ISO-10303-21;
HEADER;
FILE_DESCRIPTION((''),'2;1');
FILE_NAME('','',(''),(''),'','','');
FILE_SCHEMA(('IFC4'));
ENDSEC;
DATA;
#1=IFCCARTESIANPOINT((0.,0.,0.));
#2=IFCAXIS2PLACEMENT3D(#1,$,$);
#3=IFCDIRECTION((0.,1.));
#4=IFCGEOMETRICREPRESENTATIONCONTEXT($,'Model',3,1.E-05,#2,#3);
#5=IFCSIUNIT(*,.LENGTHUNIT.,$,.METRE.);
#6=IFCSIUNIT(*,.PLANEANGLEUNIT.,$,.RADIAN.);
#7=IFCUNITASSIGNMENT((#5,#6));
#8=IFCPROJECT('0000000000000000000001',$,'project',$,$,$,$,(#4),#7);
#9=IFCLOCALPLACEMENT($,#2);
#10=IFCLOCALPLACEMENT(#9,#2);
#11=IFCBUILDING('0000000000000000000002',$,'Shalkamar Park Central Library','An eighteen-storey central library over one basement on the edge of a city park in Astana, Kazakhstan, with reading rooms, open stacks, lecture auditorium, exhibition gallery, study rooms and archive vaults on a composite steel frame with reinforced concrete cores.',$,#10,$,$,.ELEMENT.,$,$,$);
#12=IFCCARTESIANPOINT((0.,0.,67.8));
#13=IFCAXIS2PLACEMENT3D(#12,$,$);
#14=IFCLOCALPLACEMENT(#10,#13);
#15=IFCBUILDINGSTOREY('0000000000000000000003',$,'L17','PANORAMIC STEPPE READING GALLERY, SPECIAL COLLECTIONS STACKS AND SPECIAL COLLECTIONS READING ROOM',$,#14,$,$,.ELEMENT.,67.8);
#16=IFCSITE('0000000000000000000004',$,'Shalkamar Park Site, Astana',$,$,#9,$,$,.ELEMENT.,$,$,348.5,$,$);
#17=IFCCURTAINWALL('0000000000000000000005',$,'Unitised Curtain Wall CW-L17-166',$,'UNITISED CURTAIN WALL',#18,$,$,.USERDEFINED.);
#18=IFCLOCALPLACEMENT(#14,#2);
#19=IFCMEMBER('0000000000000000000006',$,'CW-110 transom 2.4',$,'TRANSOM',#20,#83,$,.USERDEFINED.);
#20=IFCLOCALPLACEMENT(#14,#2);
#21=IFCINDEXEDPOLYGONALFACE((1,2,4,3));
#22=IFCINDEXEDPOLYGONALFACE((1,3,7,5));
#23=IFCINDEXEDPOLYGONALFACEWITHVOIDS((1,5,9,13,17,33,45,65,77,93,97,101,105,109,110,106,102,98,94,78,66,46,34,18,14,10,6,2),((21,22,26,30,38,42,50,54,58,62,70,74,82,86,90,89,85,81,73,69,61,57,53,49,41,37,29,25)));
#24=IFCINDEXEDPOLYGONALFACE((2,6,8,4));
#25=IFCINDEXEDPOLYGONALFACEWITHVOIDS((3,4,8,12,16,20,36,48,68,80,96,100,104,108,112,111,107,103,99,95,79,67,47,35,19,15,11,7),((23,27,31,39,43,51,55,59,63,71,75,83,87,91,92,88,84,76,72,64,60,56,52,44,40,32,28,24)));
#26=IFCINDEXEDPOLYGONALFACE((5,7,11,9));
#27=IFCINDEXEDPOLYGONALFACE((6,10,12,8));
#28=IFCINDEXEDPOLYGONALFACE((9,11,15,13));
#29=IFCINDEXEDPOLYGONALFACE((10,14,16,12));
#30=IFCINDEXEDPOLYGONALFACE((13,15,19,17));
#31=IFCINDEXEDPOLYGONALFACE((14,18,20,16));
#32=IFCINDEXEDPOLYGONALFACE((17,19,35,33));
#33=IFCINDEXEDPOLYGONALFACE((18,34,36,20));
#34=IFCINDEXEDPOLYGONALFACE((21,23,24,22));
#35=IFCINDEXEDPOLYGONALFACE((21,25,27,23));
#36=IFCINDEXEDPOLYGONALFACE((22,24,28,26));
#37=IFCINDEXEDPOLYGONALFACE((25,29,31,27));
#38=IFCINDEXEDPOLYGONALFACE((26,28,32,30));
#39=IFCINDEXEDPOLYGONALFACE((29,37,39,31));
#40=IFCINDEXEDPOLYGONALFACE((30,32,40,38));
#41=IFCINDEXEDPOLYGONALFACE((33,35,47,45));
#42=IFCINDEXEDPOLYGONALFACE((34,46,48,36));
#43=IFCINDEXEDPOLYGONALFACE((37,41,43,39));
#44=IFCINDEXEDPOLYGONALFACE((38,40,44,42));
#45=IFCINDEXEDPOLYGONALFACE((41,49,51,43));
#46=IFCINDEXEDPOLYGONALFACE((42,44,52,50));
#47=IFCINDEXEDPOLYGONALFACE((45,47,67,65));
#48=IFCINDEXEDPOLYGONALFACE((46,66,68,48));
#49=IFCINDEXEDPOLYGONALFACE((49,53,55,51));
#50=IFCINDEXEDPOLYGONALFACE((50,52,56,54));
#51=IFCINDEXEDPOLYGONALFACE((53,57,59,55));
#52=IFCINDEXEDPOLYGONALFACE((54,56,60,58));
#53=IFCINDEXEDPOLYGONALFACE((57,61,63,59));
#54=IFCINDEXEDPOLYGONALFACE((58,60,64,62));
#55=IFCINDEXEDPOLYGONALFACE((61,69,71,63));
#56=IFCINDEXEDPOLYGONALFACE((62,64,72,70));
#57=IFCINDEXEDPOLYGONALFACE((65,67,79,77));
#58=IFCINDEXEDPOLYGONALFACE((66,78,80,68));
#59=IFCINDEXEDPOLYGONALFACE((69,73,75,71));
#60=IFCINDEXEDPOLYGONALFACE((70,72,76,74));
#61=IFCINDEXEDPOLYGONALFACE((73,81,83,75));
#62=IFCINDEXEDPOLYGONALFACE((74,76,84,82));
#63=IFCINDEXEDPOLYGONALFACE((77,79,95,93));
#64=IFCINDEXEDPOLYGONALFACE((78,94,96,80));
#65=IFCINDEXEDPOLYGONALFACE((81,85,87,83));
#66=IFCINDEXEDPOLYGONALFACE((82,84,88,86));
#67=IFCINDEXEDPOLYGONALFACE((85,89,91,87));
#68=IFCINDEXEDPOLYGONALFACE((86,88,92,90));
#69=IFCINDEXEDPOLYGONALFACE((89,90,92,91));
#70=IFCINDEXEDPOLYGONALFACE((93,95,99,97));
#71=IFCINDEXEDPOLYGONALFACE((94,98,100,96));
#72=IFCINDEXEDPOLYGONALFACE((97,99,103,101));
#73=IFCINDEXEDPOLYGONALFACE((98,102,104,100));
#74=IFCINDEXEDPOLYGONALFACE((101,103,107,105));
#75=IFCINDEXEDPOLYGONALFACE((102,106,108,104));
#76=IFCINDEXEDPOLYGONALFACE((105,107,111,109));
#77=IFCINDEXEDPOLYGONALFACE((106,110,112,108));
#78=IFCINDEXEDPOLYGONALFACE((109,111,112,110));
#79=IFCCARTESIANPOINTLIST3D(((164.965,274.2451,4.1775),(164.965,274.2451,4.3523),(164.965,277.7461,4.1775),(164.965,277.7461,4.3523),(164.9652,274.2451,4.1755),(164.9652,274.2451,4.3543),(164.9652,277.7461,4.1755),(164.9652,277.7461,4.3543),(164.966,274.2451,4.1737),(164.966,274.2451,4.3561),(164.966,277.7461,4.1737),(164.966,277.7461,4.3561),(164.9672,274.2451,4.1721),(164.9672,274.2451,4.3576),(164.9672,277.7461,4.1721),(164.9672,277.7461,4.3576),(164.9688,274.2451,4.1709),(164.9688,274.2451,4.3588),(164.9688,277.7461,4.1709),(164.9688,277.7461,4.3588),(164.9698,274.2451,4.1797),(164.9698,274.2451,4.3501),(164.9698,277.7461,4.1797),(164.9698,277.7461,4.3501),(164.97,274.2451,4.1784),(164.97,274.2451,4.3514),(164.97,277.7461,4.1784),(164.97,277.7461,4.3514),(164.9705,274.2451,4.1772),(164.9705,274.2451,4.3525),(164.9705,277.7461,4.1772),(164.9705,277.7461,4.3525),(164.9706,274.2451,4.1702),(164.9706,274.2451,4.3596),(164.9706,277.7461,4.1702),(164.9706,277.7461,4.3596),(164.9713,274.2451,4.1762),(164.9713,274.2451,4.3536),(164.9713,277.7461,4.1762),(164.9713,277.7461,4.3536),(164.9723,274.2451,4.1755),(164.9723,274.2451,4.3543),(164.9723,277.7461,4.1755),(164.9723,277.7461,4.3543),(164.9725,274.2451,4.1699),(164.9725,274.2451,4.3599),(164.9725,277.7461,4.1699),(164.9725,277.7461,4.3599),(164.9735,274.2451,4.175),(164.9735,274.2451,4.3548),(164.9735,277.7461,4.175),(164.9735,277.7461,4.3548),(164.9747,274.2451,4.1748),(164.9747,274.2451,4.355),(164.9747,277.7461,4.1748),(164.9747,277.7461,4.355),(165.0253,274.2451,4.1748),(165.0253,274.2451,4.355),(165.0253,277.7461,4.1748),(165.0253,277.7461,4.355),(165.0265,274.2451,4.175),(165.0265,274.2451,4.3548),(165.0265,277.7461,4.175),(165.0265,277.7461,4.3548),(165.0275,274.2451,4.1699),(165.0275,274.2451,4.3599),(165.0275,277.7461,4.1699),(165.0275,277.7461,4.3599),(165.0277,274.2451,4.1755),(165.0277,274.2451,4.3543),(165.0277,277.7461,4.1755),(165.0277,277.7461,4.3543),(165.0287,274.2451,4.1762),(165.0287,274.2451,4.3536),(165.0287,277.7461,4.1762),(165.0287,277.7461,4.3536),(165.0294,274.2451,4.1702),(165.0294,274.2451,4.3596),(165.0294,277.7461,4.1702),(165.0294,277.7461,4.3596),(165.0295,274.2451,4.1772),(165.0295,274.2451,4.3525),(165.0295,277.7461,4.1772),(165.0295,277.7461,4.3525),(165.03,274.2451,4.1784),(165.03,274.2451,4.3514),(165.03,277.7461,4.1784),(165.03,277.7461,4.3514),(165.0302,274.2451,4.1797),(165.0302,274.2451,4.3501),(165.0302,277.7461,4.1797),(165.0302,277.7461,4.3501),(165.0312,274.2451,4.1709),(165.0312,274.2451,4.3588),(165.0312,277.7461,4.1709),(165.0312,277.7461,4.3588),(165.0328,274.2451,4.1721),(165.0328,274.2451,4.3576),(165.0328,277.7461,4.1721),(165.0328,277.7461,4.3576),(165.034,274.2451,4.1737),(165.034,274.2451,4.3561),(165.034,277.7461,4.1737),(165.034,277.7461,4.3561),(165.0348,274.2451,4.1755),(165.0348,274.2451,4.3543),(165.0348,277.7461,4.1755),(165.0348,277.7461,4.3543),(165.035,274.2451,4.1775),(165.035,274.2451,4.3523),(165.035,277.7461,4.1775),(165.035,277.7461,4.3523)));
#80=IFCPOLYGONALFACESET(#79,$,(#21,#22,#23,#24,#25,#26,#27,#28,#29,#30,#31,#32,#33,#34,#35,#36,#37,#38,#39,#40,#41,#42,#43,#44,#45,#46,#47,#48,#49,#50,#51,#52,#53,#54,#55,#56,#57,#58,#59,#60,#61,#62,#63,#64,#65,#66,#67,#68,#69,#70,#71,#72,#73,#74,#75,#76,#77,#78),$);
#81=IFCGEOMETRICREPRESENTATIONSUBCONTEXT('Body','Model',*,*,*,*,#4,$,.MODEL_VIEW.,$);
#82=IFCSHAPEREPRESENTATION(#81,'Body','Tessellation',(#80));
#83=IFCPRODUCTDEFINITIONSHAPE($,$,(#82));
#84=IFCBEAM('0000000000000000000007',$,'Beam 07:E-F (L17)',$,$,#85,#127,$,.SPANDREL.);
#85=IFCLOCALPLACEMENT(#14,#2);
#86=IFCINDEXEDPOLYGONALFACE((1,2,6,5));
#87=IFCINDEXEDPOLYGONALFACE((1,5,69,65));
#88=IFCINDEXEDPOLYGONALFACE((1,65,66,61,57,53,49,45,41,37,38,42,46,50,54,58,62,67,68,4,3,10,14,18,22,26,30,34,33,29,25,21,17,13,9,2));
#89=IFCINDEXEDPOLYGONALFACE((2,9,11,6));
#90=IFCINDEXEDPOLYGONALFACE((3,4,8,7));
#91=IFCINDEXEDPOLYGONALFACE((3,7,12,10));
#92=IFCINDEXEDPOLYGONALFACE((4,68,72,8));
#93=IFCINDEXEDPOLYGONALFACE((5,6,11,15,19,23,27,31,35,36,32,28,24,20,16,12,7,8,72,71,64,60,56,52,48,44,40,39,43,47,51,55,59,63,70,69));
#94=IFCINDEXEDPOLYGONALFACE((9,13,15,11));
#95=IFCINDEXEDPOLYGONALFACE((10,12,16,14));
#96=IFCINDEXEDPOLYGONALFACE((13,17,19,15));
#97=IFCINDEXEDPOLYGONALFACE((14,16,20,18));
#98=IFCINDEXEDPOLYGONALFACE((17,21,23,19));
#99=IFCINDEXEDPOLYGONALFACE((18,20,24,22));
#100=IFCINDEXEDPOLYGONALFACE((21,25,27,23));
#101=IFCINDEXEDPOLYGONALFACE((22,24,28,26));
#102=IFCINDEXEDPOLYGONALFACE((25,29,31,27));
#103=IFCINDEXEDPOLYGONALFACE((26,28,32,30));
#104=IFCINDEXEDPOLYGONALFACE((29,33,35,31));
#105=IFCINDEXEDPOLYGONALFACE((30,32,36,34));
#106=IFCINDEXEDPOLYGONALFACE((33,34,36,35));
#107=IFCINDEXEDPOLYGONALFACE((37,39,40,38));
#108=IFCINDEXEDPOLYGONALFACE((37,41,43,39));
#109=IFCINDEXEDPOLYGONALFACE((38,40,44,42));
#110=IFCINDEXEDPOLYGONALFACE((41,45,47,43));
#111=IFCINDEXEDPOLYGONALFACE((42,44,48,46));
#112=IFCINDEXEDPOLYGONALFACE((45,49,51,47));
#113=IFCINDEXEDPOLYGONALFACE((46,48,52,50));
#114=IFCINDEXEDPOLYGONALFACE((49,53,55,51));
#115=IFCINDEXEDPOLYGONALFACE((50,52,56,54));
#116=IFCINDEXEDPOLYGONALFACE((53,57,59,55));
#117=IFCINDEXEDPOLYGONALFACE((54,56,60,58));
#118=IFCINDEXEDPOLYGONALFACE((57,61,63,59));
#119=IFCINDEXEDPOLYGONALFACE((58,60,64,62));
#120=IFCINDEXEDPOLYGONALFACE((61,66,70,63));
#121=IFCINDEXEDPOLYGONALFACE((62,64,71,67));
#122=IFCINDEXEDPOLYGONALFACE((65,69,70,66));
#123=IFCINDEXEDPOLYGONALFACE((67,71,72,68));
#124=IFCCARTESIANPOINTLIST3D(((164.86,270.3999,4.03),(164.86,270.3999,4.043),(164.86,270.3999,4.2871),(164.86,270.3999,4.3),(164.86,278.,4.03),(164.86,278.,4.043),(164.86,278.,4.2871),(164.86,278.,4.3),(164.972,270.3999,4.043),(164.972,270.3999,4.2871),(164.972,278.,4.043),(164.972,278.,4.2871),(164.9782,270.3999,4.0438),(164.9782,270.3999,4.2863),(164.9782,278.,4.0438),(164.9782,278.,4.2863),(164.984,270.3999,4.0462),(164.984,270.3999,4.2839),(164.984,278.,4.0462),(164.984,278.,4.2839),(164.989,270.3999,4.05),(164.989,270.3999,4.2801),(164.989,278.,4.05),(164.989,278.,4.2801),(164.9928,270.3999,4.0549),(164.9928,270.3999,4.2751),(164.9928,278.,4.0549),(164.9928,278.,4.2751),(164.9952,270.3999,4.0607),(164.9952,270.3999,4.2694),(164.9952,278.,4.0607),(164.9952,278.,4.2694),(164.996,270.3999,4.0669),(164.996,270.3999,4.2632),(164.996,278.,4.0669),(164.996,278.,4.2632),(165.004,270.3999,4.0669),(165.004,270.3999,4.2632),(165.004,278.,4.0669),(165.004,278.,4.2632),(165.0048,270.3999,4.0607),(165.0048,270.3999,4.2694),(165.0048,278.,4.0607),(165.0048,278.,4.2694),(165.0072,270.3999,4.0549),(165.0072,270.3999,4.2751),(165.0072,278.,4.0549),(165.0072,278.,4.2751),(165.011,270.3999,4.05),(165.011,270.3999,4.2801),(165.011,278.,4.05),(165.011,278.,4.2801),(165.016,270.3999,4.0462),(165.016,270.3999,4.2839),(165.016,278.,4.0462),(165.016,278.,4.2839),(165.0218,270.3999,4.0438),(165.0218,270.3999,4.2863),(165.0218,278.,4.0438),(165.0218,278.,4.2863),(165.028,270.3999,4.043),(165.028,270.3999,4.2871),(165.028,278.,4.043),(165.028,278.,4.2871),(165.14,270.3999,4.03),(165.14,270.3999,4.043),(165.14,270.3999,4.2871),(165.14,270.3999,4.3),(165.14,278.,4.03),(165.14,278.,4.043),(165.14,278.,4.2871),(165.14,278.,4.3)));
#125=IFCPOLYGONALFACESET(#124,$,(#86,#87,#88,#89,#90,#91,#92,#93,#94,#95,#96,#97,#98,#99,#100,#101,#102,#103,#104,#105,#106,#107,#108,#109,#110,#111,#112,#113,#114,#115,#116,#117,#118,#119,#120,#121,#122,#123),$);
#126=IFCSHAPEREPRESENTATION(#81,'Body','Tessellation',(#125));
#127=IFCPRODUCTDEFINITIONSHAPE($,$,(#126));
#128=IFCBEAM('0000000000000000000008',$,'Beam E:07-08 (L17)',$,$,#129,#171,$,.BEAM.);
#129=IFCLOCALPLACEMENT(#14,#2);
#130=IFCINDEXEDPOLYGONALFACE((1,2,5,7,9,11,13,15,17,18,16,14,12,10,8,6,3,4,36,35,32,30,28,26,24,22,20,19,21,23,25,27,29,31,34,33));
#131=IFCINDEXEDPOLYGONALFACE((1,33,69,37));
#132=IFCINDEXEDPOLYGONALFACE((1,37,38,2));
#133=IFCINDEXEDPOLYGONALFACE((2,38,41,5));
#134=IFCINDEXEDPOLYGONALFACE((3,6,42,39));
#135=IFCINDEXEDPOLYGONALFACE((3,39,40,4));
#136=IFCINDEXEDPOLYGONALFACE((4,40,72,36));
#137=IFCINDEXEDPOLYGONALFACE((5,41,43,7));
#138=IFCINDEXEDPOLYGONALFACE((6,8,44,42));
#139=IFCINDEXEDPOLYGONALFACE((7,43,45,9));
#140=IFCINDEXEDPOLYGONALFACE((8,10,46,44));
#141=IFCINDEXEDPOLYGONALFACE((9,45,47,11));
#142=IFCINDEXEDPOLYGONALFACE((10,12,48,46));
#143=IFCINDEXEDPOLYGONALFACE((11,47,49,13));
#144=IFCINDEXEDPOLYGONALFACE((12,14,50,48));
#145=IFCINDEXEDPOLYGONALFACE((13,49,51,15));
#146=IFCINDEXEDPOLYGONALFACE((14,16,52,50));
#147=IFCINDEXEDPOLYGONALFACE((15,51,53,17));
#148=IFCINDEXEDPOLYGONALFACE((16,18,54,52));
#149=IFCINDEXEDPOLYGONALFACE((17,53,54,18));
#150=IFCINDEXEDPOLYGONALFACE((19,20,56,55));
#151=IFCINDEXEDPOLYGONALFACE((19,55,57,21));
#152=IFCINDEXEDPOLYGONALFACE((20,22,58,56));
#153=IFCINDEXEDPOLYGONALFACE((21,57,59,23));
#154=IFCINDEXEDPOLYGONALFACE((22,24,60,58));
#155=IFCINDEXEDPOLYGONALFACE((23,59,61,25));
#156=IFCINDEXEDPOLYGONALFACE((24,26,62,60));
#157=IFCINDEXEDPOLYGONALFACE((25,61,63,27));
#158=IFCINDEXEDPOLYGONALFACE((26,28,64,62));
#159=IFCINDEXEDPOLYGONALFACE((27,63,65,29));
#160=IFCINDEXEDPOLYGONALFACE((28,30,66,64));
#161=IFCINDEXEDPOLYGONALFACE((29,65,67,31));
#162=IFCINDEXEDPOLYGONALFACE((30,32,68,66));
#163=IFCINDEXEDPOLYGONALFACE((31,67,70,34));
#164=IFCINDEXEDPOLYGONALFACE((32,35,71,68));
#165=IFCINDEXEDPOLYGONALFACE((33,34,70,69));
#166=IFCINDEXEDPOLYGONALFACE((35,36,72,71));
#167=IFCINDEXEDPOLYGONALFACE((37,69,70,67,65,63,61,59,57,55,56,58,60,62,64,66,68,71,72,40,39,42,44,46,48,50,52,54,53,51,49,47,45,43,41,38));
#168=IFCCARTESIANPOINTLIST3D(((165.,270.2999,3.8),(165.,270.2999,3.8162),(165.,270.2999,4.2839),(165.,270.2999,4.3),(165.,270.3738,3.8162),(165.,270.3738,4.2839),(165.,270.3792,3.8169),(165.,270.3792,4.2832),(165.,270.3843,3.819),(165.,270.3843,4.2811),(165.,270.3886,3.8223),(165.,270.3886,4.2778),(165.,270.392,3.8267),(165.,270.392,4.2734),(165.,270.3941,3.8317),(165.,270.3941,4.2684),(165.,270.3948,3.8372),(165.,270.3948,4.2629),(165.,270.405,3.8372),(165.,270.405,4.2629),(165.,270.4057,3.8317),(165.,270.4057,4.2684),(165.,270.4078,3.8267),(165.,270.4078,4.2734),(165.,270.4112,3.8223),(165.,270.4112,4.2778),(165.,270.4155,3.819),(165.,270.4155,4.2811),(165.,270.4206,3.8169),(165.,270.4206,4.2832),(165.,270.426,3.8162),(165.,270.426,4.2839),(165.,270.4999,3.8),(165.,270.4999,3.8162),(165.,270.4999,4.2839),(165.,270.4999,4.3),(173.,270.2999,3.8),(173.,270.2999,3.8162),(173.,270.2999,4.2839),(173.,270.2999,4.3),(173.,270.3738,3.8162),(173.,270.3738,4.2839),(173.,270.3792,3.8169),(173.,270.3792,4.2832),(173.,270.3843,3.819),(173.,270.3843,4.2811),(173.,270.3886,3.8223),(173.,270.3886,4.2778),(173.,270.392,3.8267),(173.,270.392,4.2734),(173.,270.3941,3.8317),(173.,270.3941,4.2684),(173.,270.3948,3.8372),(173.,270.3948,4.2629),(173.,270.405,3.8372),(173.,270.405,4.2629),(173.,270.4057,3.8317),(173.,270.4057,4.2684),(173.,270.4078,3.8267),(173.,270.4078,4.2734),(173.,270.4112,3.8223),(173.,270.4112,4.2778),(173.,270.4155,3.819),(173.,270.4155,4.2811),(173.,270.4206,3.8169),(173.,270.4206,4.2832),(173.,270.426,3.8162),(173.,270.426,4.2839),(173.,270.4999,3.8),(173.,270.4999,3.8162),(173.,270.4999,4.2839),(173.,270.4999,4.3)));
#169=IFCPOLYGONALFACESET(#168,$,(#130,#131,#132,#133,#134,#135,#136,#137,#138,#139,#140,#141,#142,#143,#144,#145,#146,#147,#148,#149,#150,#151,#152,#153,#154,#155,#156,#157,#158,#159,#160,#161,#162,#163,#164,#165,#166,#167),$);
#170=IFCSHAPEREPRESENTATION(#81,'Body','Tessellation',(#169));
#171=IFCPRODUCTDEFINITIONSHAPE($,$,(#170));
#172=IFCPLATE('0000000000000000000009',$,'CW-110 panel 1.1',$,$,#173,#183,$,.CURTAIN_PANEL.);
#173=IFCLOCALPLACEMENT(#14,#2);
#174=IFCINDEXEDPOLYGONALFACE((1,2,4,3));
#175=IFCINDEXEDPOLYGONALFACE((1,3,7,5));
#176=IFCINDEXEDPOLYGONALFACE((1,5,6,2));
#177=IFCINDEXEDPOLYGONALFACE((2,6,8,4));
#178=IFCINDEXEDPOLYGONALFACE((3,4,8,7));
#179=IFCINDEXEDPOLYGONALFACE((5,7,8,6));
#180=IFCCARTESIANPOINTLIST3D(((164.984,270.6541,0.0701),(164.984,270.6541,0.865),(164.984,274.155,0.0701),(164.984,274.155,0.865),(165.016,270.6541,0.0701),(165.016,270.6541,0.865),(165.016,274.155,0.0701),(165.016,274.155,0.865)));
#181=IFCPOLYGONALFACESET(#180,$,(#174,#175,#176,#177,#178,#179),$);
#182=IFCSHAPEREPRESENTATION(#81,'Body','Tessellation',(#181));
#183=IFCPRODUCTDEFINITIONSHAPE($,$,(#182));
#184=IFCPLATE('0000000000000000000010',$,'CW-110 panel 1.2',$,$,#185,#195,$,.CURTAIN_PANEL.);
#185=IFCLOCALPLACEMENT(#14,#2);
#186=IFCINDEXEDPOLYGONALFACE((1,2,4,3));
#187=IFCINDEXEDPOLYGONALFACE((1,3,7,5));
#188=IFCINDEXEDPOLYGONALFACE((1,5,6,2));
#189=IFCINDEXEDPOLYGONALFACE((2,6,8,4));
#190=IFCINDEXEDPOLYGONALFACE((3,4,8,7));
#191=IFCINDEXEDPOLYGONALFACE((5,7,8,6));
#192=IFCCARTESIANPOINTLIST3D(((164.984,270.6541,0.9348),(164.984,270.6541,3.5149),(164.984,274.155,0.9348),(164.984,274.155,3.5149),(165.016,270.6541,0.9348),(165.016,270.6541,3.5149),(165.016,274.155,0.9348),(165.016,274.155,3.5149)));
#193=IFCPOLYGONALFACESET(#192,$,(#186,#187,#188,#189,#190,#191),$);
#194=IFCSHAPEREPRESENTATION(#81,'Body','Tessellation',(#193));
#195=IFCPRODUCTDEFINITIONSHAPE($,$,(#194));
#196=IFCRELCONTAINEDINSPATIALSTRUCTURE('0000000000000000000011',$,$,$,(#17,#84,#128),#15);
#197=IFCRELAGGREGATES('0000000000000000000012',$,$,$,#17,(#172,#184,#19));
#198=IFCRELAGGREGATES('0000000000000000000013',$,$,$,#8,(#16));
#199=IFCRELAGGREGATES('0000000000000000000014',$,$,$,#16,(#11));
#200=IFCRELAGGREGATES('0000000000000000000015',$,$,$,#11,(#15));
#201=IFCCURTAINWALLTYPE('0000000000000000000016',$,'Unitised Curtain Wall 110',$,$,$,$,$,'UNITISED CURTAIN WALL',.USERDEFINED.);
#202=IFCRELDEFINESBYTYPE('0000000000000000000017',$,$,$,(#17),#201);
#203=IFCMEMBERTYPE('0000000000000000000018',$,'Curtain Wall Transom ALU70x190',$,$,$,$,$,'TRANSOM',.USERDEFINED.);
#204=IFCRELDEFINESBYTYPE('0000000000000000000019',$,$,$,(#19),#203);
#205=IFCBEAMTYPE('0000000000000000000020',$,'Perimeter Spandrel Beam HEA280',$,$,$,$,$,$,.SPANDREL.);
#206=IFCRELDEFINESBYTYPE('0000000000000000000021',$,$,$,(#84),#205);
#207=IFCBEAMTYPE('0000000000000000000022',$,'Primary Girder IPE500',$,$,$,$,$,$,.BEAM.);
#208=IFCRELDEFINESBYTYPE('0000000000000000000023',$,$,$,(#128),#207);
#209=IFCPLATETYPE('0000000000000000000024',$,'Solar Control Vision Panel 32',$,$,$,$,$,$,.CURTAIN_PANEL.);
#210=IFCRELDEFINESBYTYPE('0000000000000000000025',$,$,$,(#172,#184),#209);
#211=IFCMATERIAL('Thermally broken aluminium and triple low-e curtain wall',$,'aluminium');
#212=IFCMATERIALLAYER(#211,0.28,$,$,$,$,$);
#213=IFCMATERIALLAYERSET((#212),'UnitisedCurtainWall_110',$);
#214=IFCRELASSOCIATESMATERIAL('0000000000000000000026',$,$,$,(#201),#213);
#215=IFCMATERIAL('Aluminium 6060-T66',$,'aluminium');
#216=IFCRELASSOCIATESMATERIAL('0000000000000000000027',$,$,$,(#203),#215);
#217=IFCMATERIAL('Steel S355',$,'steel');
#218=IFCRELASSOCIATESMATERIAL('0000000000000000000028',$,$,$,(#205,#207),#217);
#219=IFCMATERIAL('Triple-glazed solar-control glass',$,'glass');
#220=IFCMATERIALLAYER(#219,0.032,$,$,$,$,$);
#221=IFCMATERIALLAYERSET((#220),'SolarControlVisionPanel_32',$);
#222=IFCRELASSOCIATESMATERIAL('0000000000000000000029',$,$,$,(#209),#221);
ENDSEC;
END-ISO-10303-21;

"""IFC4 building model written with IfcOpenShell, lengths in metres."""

from ifc_helpers import new_model, si_unit, direction, frame, origin, origin_2d, place, context, subcontext, project, spatial, rectangle, hollow_rectangle, i_section, extrude, material, layer, layer_set, material_profile, profile_set, type_object, element, aggregate, save


model = new_model("IFC4")

# Units and contexts
model_context = context("Model", 3, precision=1e-05, world=origin(), true_north=direction((0.0, 1.0)))
body_context = subcontext(model_context, "Body", "Model", "MODEL_VIEW")
ifc_project = project(units=[si_unit("LENGTHUNIT", "METRE"), si_unit("PLANEANGLEUNIT", "RADIAN")], contexts=[model_context])

# Site, building, storey
site_placement = place(None, origin())
site = spatial("IfcSite", under=ifc_project, at=site_placement, Name="Shalkamar Park Site, Astana", CompositionType="ELEMENT", RefElevation=348.5)
building_placement = place(site_placement, origin())
building = spatial("IfcBuilding", under=site, at=building_placement, Name="Shalkamar Park Central Library", Description="An eighteen-storey central library over one basement on the edge of a city park in Astana, Kazakhstan, with reading rooms, open stacks, lecture auditorium, exhibition gallery, study rooms and archive vaults on a composite steel frame with reinforced concrete cores.", CompositionType="ELEMENT")
storey_placement = place(building_placement, frame((0.0, 0.0, 67.8)))
storey = spatial("IfcBuildingStorey", under=building, at=storey_placement, Name="L17", Description="PANORAMIC STEPPE READING GALLERY, SPECIAL COLLECTIONS STACKS AND SPECIAL COLLECTIONS READING ROOM", CompositionType="ELEMENT", Elevation=67.8)

# Shared definitions
ifc_material_1 = material(Name="Steel S355", Category="steel")

# Curtain wall, member
ifc_material_2 = material(Name="Thermally broken aluminium and triple low-e curtain wall", Category="aluminium")
ifc_layer_1 = layer(ifc_material_2, 0.28)
ifc_layer_set_1 = layer_set([ifc_layer_1], Name="UnitisedCurtainWall_110")
curtain_wall_type = type_object("IfcCurtainWallType", Name="Unitised Curtain Wall 110", ElementType="UNITISED CURTAIN WALL", PredefinedType="USERDEFINED", material=ifc_layer_set_1)
curtain_wall_placement = place(storey_placement, origin())
curtain_wall = element("IfcCurtainWall", 1, at=curtain_wall_placement, inside=storey, type_object=curtain_wall_type, Name="Unitised Curtain Wall CW-L17-166", ObjectType="UNITISED CURTAIN WALL", PredefinedType="USERDEFINED")
ifc_material_3 = material(Name="Aluminium 6060-T66", Category="aluminium")
ifc_material_profile_1 = material_profile(ifc_material_3, hollow_rectangle(XDim=0.0701, YDim=0.1899, WallThickness=0.0049, InnerFilletRadius=0.0049, OuterFilletRadius=0.0076, at=origin_2d()), Name="ALU 70x190x5")
ifc_profile_set_1 = profile_set([ifc_material_profile_1], Name="Aluminium 6060-T66")
member_type_1 = type_object("IfcMemberType", Name="Curtain Wall Transom ALU70x190", ElementType="TRANSOM", PredefinedType="USERDEFINED", material=ifc_profile_set_1)
member_1_placement = place(storey_placement, frame((165.0, 274.2451, 4.2649), z_axis=(0.0, 1.0, 0.0), x_axis=(-1.0, 0.0, 0.0)))
member_1 = element("IfcMember", 2, at=member_1_placement, type_object=member_type_1, Name="CW-110 transom 2.4", ObjectType="TRANSOM", PredefinedType="USERDEFINED", context=body_context, shape_type="SweptSolid", body=[
    extrude(hollow_rectangle(XDim=0.0701, YDim=0.1899, WallThickness=0.0049, InnerFilletRadius=0.0049, OuterFilletRadius=0.0076, at=origin_2d()), origin(), (0.0, 0.0, 1.0), 3.501),
])

# Beams
ifc_material_profile_2 = material_profile(ifc_material_1, i_section(OverallWidth=0.28, OverallDepth=0.27, WebThickness=0.0081, FlangeThickness=0.0129, FilletRadius=0.0239, at=origin_2d()), Name="HEA 280")
ifc_profile_set_2 = profile_set([ifc_material_profile_2], Name="Steel S355")
beam_type_1 = type_object("IfcBeamType", Name="Perimeter Spandrel Beam HEA280", PredefinedType="SPANDREL", material=ifc_profile_set_2)
beam_1_placement = place(storey_placement, frame((165.0, 270.3999, 4.165), z_axis=(0.0, 1.0, 0.0), x_axis=(-1.0, 0.0, 0.0)))
element("IfcBeam", 3, at=beam_1_placement, inside=storey, type_object=beam_type_1, Name="Beam 07:E-F (L17)", PredefinedType="SPANDREL", context=body_context, shape_type="SweptSolid", body=[
    extrude(i_section(OverallWidth=0.28, OverallDepth=0.27, WebThickness=0.0081, FlangeThickness=0.0129, FilletRadius=0.0239, at=origin_2d()), origin(), (0.0, 0.0, 1.0), 7.6001),
])
ifc_material_profile_3 = material_profile(ifc_material_1, i_section(OverallWidth=0.2, OverallDepth=0.5, WebThickness=0.0103, FlangeThickness=0.0161, FilletRadius=0.021, at=origin_2d()), Name="IPE 500")
ifc_profile_set_3 = profile_set([ifc_material_profile_3], Name="Steel S355")
beam_type_2 = type_object("IfcBeamType", Name="Primary Girder IPE500", PredefinedType="BEAM", material=ifc_profile_set_3)
beam_2_placement = place(storey_placement, frame((165.0, 270.3999, 4.05), z_axis=(1.0, 0.0, 0.0), x_axis=(0.0, 1.0, 0.0)))
element("IfcBeam", 4, at=beam_2_placement, inside=storey, type_object=beam_type_2, Name="Beam E:07-08 (L17)", PredefinedType="BEAM", context=body_context, shape_type="SweptSolid", body=[
    extrude(i_section(OverallWidth=0.2, OverallDepth=0.5, WebThickness=0.0103, FlangeThickness=0.0161, FilletRadius=0.021, at=origin_2d()), origin(), (0.0, 0.0, 1.0), 8.0),
])

# Plates
ifc_material_4 = material(Name="Triple-glazed solar-control glass", Category="glass")
ifc_layer_2 = layer(ifc_material_4, 0.032)
ifc_layer_set_2 = layer_set([ifc_layer_2], Name="SolarControlVisionPanel_32")
plate_type = type_object("IfcPlateType", Name="Solar Control Vision Panel 32", PredefinedType="CURTAIN_PANEL", material=ifc_layer_set_2)
plate_1_placement = place(storey_placement, frame((165.0, 272.4045, 0.0701), z_axis=(0.0, 0.0, 1.0), x_axis=(0.0, 1.0, 0.0)))
plate_1 = element("IfcPlate", 5, at=plate_1_placement, type_object=plate_type, Name="CW-110 panel 1.1", PredefinedType="CURTAIN_PANEL", context=body_context, shape_type="SweptSolid", body=[
    extrude(rectangle(XDim=3.501, YDim=0.032, at=origin_2d()), origin(), (0.0, 0.0, 1.0), 0.7949),
])
plate_2_placement = place(storey_placement, frame((165.0, 272.4045, 0.9348), z_axis=(0.0, 0.0, 1.0), x_axis=(0.0, 1.0, 0.0)))
plate_2 = element("IfcPlate", 6, at=plate_2_placement, type_object=plate_type, Name="CW-110 panel 1.2", PredefinedType="CURTAIN_PANEL", context=body_context, shape_type="SweptSolid", body=[
    extrude(rectangle(XDim=3.501, YDim=0.032, at=origin_2d()), origin(), (0.0, 0.0, 1.0), 2.5801),
])
aggregate(curtain_wall, [plate_1, plate_2, member_1])

save(model, "model.ifc")
